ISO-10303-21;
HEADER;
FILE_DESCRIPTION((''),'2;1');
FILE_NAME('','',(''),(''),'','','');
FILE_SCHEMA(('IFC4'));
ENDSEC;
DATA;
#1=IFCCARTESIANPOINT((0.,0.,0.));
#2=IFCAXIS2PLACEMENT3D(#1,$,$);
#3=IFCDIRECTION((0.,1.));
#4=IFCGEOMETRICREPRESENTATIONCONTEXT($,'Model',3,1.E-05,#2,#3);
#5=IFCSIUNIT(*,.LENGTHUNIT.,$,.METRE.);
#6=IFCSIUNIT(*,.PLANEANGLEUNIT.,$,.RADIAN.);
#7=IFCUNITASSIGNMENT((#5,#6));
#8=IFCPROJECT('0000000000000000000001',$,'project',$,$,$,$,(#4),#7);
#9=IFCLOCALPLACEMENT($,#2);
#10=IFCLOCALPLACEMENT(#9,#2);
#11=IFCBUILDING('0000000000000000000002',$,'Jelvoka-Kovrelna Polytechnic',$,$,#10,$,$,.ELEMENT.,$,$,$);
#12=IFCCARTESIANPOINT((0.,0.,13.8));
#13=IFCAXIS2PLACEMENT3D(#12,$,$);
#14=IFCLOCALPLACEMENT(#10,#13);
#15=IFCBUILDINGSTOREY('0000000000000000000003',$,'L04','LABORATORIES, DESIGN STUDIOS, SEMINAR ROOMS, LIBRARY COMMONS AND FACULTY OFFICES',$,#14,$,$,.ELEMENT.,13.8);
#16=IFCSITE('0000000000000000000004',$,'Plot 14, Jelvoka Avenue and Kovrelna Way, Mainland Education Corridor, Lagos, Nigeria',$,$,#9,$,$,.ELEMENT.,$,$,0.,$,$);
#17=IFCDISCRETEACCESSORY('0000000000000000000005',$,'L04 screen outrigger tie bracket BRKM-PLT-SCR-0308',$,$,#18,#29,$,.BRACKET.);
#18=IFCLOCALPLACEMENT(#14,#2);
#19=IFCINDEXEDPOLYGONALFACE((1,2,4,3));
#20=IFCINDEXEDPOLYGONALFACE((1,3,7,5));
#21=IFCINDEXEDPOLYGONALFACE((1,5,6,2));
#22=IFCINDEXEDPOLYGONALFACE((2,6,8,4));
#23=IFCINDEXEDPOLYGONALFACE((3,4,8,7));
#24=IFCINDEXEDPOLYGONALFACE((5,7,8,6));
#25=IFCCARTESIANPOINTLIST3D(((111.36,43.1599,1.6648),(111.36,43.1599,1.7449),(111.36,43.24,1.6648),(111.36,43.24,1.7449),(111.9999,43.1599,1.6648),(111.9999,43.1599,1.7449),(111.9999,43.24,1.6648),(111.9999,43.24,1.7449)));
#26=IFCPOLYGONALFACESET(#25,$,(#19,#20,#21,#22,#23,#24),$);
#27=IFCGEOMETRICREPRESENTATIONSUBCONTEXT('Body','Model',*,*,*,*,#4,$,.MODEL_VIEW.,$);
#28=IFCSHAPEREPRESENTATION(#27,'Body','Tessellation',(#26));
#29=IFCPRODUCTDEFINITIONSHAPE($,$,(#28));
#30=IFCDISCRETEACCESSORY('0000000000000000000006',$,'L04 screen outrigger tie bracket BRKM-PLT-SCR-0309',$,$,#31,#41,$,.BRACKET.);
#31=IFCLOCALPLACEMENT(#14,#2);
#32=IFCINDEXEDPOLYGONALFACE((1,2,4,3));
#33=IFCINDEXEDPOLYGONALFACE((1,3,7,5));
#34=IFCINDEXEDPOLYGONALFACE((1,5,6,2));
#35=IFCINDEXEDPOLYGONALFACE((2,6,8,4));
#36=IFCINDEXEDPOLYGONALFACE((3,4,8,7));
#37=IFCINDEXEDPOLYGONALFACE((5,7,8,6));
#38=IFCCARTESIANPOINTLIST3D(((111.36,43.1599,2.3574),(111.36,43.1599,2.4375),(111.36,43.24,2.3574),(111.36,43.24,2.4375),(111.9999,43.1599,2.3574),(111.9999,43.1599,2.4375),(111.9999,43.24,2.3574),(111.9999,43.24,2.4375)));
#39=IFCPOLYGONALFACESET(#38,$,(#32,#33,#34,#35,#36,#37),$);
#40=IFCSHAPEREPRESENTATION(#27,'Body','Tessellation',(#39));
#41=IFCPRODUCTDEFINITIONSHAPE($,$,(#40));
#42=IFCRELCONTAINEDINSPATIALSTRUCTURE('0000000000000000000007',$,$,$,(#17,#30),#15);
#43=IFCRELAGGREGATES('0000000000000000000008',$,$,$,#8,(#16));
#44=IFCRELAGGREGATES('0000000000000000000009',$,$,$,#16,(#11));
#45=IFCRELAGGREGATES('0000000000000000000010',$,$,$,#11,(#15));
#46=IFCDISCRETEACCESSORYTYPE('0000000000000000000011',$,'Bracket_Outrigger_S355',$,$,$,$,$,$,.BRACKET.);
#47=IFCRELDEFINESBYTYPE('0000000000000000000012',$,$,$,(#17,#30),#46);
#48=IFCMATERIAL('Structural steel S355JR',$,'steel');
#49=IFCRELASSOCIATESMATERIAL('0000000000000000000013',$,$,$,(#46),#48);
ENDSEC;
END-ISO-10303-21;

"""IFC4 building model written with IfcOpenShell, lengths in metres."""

from ifc_helpers import new_model, si_unit, direction, frame, origin, origin_2d, place, context, subcontext, project, spatial, rectangle, extrude, material, type_object, element, save


model = new_model("IFC4")

# Units and contexts
model_context = context("Model", 3, precision=1e-05, world=origin(), true_north=direction((0.0, 1.0)))
body_context = subcontext(model_context, "Body", "Model", "MODEL_VIEW")
ifc_project = project(units=[si_unit("LENGTHUNIT", "METRE"), si_unit("PLANEANGLEUNIT", "RADIAN")], contexts=[model_context])

# Site, building, storey
site_placement = place(None, origin())
site = spatial("IfcSite", under=ifc_project, at=site_placement, Name="Plot 14, Jelvoka Avenue and Kovrelna Way, Mainland Education Corridor, Lagos, Nigeria", CompositionType="ELEMENT", RefElevation=0.0)
building_placement = place(site_placement, origin())
building = spatial("IfcBuilding", under=site, at=building_placement, Name="Jelvoka-Kovrelna Polytechnic", CompositionType="ELEMENT")
storey_placement = place(building_placement, frame((0.0, 0.0, 13.8)))
storey = spatial("IfcBuildingStorey", under=building, at=storey_placement, Name="L04", Description="LABORATORIES, DESIGN STUDIOS, SEMINAR ROOMS, LIBRARY COMMONS AND FACULTY OFFICES", CompositionType="ELEMENT", Elevation=13.8)

# Discrete accessories
ifc_material_1 = material(Name="Structural steel S355JR", Category="steel")
discrete_accessory_type = type_object("IfcDiscreteAccessoryType", Name="Bracket_Outrigger_S355", PredefinedType="BRACKET", material=ifc_material_1)
for number, where, z_axis, x_axis, name in (
    (1, (111.6799, 43.2, 1.6648), (0.0, 0.0, 1.0), (1.0, 0.0, 0.0), "L04 screen outrigger tie bracket BRKM-PLT-SCR-0308"),
    (2, (111.6799, 43.2, 2.3574), (0.0, 0.0, 1.0), (1.0, 0.0, 0.0), "L04 screen outrigger tie bracket BRKM-PLT-SCR-0309"),
):
    element("IfcDiscreteAccessory", number, at=place(storey_placement, frame(where, z_axis=z_axis, x_axis=x_axis)), inside=storey, type_object=discrete_accessory_type, Name=name, PredefinedType="BRACKET", context=body_context, shape_type="SweptSolid", body=[
        extrude(rectangle(XDim=0.6399, YDim=0.0801, at=origin_2d()), origin(), (0.0, 0.0, 1.0), 0.0801),
    ])

save(model, "model.ifc")
